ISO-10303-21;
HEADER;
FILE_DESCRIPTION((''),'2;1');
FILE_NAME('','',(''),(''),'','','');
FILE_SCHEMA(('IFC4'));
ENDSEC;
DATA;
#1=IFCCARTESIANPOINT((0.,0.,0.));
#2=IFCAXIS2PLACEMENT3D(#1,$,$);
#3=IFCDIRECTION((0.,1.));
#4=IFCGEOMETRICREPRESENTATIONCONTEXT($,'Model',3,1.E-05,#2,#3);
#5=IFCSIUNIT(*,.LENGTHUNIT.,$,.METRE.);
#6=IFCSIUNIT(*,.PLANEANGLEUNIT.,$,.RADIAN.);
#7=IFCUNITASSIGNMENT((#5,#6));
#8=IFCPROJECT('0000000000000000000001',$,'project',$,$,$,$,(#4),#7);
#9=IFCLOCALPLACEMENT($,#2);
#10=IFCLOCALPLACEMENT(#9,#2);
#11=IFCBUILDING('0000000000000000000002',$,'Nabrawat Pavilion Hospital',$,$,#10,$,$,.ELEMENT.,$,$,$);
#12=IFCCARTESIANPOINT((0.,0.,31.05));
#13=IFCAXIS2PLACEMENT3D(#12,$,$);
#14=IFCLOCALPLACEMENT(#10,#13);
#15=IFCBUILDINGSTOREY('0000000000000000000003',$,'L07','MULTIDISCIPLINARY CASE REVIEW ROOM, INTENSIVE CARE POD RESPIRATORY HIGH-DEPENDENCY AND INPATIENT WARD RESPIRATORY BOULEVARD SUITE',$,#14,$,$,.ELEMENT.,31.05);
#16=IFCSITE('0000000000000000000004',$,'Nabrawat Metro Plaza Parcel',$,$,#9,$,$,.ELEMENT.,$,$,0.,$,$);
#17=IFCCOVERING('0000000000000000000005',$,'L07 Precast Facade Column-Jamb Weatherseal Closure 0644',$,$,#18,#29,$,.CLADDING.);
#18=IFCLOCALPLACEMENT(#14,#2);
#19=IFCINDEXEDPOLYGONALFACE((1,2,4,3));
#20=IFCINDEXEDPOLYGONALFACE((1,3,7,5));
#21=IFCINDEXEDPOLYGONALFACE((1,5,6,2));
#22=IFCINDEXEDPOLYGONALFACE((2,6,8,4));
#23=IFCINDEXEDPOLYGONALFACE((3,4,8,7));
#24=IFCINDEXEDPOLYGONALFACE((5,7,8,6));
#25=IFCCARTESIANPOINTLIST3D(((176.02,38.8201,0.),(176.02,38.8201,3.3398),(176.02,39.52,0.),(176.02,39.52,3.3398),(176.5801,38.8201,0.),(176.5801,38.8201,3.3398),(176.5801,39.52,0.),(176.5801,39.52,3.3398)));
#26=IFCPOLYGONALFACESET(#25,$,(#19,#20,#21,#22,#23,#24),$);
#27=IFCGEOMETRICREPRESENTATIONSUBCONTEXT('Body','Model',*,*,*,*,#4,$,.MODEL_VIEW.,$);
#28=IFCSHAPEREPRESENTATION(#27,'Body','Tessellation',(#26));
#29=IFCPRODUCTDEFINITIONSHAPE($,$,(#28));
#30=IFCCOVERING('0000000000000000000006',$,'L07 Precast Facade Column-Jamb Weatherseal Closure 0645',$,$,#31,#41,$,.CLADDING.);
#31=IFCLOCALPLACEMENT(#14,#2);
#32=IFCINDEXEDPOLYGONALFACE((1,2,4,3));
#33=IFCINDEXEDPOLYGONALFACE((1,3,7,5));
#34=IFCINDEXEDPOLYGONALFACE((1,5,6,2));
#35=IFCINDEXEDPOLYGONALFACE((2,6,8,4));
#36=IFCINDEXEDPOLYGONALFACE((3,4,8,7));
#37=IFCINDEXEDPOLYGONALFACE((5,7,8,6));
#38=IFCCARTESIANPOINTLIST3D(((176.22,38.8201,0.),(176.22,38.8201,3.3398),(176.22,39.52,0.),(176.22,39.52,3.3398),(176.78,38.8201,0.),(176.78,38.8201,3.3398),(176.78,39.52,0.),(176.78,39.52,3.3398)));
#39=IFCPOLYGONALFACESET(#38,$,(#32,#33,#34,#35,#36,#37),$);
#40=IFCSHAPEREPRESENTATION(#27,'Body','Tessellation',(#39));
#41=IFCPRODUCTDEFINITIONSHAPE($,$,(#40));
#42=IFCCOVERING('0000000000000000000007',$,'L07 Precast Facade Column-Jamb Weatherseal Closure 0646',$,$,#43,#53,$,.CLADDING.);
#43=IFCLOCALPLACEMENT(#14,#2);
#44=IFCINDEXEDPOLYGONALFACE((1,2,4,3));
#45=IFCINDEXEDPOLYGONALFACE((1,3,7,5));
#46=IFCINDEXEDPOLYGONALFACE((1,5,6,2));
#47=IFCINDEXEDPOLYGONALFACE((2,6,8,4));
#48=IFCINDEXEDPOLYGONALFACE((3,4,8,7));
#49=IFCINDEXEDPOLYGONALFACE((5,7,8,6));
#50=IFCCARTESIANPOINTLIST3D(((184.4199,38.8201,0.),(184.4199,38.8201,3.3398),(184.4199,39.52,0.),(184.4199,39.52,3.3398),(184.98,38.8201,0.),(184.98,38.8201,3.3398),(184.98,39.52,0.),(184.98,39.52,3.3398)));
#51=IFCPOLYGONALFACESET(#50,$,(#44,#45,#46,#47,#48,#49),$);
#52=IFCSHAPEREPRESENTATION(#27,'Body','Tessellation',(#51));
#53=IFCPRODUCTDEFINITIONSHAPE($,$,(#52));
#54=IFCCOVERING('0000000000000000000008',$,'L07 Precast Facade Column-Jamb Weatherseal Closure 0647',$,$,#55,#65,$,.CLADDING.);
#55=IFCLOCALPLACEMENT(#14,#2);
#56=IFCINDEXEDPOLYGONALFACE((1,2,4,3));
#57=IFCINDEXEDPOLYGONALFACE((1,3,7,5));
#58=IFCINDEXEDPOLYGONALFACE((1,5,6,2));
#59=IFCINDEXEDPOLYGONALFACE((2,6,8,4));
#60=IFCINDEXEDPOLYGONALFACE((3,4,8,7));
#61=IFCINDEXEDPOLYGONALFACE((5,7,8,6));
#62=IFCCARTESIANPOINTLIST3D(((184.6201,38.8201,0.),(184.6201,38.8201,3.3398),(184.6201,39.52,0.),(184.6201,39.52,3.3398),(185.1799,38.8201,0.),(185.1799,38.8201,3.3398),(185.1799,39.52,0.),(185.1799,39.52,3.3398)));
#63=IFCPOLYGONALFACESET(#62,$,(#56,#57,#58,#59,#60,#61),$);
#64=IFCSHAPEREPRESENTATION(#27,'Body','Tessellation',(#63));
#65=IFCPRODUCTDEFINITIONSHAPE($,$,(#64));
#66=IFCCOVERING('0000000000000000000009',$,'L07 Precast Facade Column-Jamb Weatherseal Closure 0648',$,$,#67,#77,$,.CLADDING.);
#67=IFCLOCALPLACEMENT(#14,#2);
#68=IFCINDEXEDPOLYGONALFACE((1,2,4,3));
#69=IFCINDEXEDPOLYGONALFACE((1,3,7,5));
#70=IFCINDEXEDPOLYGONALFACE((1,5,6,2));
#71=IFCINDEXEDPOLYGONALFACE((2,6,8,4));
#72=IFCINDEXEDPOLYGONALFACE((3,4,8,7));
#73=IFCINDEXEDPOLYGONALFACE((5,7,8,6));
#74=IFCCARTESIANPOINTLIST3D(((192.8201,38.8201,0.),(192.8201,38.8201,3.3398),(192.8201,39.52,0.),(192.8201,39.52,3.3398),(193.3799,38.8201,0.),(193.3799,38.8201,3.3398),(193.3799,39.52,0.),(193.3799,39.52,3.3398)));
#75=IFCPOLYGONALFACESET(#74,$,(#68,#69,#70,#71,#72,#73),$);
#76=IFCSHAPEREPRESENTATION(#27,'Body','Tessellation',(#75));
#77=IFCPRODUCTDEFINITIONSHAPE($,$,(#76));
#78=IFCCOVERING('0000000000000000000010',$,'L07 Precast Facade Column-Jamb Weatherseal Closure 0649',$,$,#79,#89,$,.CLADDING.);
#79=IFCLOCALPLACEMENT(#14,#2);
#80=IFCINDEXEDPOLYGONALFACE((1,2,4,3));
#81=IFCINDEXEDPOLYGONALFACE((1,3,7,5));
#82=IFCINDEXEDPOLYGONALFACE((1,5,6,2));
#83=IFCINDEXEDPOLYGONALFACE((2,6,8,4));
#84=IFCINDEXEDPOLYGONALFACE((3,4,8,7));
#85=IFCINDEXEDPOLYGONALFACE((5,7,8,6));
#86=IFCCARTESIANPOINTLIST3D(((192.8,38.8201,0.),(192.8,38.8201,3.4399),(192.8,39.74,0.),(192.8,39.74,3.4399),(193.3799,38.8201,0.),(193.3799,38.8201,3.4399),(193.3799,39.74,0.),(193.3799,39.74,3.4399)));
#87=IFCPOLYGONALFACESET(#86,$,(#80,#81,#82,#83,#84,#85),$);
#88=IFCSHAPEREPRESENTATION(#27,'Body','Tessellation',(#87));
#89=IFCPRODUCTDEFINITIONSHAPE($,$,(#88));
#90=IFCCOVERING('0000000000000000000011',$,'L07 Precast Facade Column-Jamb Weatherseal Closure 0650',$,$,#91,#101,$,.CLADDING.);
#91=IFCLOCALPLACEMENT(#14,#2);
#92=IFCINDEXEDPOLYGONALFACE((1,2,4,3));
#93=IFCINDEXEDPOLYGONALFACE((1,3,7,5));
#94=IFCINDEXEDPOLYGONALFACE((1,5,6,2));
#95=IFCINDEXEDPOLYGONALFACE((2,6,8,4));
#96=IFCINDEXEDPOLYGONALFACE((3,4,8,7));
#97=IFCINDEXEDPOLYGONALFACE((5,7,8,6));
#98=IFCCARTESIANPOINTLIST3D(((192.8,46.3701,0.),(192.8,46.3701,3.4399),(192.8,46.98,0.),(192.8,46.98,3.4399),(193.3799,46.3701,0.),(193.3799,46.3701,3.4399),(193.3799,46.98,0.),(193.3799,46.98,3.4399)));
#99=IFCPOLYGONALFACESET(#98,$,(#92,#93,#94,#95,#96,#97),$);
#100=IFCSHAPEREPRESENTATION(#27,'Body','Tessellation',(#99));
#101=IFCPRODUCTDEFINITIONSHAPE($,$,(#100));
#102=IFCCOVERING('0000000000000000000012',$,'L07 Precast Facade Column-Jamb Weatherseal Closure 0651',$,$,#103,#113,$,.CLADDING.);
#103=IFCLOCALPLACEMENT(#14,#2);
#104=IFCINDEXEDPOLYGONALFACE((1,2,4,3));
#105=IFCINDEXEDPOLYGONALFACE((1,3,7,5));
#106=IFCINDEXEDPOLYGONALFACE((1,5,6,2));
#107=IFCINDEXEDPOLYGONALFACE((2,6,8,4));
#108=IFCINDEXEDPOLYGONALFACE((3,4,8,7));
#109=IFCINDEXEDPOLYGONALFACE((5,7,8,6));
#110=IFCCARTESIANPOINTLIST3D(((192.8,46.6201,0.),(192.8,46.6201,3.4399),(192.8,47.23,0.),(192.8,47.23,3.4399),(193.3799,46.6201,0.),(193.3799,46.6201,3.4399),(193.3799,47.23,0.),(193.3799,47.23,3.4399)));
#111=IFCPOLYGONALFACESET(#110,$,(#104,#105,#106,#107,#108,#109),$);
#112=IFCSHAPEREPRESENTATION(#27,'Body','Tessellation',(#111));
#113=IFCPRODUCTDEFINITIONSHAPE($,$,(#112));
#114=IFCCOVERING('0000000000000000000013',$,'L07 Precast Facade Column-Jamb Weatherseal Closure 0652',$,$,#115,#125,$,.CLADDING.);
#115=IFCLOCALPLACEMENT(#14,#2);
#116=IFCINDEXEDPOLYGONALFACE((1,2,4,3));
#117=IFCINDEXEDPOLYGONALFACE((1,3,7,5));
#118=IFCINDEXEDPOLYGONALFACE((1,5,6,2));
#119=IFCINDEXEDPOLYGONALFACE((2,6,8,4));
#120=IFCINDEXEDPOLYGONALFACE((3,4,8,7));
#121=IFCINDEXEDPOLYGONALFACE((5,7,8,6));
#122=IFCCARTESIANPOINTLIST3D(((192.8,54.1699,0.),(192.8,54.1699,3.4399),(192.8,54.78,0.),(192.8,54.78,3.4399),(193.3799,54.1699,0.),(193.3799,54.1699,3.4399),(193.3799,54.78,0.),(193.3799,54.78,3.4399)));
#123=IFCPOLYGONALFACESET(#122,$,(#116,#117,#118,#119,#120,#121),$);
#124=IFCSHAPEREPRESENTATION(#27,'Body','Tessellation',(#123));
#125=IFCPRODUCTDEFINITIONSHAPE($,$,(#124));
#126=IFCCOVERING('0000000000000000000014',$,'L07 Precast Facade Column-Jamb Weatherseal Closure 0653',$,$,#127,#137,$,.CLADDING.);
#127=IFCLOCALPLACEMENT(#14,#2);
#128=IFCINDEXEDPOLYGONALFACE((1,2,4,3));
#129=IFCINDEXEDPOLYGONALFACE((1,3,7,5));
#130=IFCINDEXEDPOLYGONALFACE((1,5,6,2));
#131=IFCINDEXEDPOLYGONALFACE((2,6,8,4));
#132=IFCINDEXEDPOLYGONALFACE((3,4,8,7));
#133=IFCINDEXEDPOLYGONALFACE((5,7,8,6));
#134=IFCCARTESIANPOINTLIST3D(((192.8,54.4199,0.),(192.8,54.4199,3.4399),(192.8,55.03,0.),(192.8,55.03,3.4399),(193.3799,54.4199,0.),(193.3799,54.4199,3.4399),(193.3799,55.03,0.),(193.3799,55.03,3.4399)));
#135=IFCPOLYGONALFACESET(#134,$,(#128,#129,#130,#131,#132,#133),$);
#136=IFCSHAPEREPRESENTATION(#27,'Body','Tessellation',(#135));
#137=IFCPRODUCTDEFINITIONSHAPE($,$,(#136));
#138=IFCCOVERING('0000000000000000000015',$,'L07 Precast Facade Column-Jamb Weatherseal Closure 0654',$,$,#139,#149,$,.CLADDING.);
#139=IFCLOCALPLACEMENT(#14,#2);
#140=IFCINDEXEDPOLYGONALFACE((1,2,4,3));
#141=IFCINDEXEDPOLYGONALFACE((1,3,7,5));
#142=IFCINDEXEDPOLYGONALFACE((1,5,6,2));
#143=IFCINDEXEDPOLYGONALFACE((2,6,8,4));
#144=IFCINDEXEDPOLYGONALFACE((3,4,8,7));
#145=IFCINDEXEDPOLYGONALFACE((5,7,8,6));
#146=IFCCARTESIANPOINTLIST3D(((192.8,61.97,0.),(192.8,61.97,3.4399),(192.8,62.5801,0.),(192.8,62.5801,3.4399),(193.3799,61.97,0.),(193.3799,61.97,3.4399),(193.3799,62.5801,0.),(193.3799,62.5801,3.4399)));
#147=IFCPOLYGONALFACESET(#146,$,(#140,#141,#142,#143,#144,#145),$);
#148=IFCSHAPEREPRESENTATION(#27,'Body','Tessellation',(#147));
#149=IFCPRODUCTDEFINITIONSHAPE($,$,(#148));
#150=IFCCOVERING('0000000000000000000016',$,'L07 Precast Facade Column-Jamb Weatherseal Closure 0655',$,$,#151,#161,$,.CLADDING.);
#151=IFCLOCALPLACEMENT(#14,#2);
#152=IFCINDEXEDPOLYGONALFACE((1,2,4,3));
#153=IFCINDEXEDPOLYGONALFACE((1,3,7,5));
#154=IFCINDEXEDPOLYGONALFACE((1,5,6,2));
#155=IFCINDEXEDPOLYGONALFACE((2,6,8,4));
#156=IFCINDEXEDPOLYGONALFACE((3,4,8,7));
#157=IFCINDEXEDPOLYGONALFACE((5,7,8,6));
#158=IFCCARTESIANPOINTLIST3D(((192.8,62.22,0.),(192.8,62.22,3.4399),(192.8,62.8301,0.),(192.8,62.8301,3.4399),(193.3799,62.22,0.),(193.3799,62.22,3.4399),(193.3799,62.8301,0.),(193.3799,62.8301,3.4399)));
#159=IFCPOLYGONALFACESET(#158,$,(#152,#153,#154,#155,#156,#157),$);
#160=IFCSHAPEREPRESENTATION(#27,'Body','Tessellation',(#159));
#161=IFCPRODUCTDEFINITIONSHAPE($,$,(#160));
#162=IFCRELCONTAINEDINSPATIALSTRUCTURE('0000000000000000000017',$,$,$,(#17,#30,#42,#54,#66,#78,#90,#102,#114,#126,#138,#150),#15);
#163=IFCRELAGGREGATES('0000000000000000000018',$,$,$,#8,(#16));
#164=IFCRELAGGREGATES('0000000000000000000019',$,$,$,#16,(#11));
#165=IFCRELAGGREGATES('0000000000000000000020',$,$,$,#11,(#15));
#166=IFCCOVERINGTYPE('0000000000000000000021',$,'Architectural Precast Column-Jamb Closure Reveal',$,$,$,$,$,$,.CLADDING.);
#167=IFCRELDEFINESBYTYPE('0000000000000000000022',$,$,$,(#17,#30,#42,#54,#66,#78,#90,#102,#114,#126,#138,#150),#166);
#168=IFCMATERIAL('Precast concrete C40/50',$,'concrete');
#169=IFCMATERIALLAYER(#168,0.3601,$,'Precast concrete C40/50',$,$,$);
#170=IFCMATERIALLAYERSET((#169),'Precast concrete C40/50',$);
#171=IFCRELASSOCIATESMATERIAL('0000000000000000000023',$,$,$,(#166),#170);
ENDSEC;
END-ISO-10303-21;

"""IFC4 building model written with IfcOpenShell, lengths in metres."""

from ifc_helpers import new_model, si_unit, direction, frame, origin, place, context, subcontext, project, spatial, polyline, outline, extrude, material, layer, layer_set, type_object, element, save


model = new_model("IFC4")

# Units and contexts
model_context = context("Model", 3, precision=1e-05, world=origin(), true_north=direction((0.0, 1.0)))
body_context = subcontext(model_context, "Body", "Model", "MODEL_VIEW")
ifc_project = project(units=[si_unit("LENGTHUNIT", "METRE"), si_unit("PLANEANGLEUNIT", "RADIAN")], contexts=[model_context])

# Site, building, storey
site_placement = place(None, origin())
site = spatial("IfcSite", under=ifc_project, at=site_placement, Name="Nabrawat Metro Plaza Parcel", CompositionType="ELEMENT", RefElevation=0.0)
building_placement = place(site_placement, origin())
building = spatial("IfcBuilding", under=site, at=building_placement, Name="Nabrawat Pavilion Hospital", CompositionType="ELEMENT")
storey_placement = place(building_placement, frame((0.0, 0.0, 31.05)))
storey = spatial("IfcBuildingStorey", under=building, at=storey_placement, Name="L07", Description="MULTIDISCIPLINARY CASE REVIEW ROOM, INTENSIVE CARE POD RESPIRATORY HIGH-DEPENDENCY AND INPATIENT WARD RESPIRATORY BOULEVARD SUITE", CompositionType="ELEMENT", Elevation=31.05)

# Coverings
ifc_material_1 = material(Name="Precast concrete C40/50", Category="concrete")
ifc_layer_1 = layer(ifc_material_1, 0.3601, Name="Precast concrete C40/50")
ifc_layer_set_1 = layer_set([ifc_layer_1], Name="Precast concrete C40/50")
covering_type = type_object("IfcCoveringType", Name="Architectural Precast Column-Jamb Closure Reveal", PredefinedType="CLADDING", material=ifc_layer_set_1)
covering_1_placement = place(storey_placement, origin())
element("IfcCovering", 1, at=covering_1_placement, inside=storey, type_object=covering_type, Name="L07 Precast Facade Column-Jamb Weatherseal Closure 0644", PredefinedType="CLADDING", context=body_context, shape_type="SweptSolid", body=[
    extrude(outline(polyline([(176.5801, 38.8201), (176.5801, 39.52), (176.02, 39.52), (176.02, 38.8201), (176.5801, 38.8201)])), origin(), (0.0, 0.0, 1.0), 3.3398),
])
covering_2_placement = place(storey_placement, origin())
element("IfcCovering", 2, at=covering_2_placement, inside=storey, type_object=covering_type, Name="L07 Precast Facade Column-Jamb Weatherseal Closure 0645", PredefinedType="CLADDING", context=body_context, shape_type="SweptSolid", body=[
    extrude(outline(polyline([(176.78, 38.8201), (176.78, 39.52), (176.22, 39.52), (176.22, 38.8201), (176.78, 38.8201)])), origin(), (0.0, 0.0, 1.0), 3.3398),
])
covering_3_placement = place(storey_placement, origin())
element("IfcCovering", 3, at=covering_3_placement, inside=storey, type_object=covering_type, Name="L07 Precast Facade Column-Jamb Weatherseal Closure 0646", PredefinedType="CLADDING", context=body_context, shape_type="SweptSolid", body=[
    extrude(outline(polyline([(184.98, 38.8201), (184.98, 39.52), (184.4199, 39.52), (184.4199, 38.8201), (184.98, 38.8201)])), origin(), (0.0, 0.0, 1.0), 3.3398),
])
covering_4_placement = place(storey_placement, origin())
element("IfcCovering", 4, at=covering_4_placement, inside=storey, type_object=covering_type, Name="L07 Precast Facade Column-Jamb Weatherseal Closure 0647", PredefinedType="CLADDING", context=body_context, shape_type="SweptSolid", body=[
    extrude(outline(polyline([(185.1799, 38.8201), (185.1799, 39.52), (184.6201, 39.52), (184.6201, 38.8201), (185.1799, 38.8201)])), origin(), (0.0, 0.0, 1.0), 3.3398),
])
covering_5_placement = place(storey_placement, origin())
element("IfcCovering", 5, at=covering_5_placement, inside=storey, type_object=covering_type, Name="L07 Precast Facade Column-Jamb Weatherseal Closure 0648", PredefinedType="CLADDING", context=body_context, shape_type="SweptSolid", body=[
    extrude(outline(polyline([(193.3799, 38.8201), (193.3799, 39.52), (192.8201, 39.52), (192.8201, 38.8201), (193.3799, 38.8201)])), origin(), (0.0, 0.0, 1.0), 3.3398),
])
covering_6_placement = place(storey_placement, origin())
element("IfcCovering", 6, at=covering_6_placement, inside=storey, type_object=covering_type, Name="L07 Precast Facade Column-Jamb Weatherseal Closure 0649", PredefinedType="CLADDING", context=body_context, shape_type="SweptSolid", body=[
    extrude(outline(polyline([(193.3799, 38.8201), (193.3799, 39.74), (192.8, 39.74), (192.8, 38.8201), (193.3799, 38.8201)])), origin(), (0.0, 0.0, 1.0), 3.4399),
])
covering_7_placement = place(storey_placement, origin())
element("IfcCovering", 7, at=covering_7_placement, inside=storey, type_object=covering_type, Name="L07 Precast Facade Column-Jamb Weatherseal Closure 0650", PredefinedType="CLADDING", context=body_context, shape_type="SweptSolid", body=[
    extrude(outline(polyline([(193.3799, 46.3701), (193.3799, 46.98), (192.8, 46.98), (192.8, 46.3701), (193.3799, 46.3701)])), origin(), (0.0, 0.0, 1.0), 3.4399),
])
covering_8_placement = place(storey_placement, origin())
element("IfcCovering", 8, at=covering_8_placement, inside=storey, type_object=covering_type, Name="L07 Precast Facade Column-Jamb Weatherseal Closure 0651", PredefinedType="CLADDING", context=body_context, shape_type="SweptSolid", body=[
    extrude(outline(polyline([(193.3799, 46.6201), (193.3799, 47.23), (192.8, 47.23), (192.8, 46.6201), (193.3799, 46.6201)])), origin(), (0.0, 0.0, 1.0), 3.4399),
])
covering_9_placement = place(storey_placement, origin())
element("IfcCovering", 9, at=covering_9_placement, inside=storey, type_object=covering_type, Name="L07 Precast Facade Column-Jamb Weatherseal Closure 0652", PredefinedType="CLADDING", context=body_context, shape_type="SweptSolid", body=[
    extrude(outline(polyline([(193.3799, 54.1699), (193.3799, 54.78), (192.8, 54.78), (192.8, 54.1699), (193.3799, 54.1699)])), origin(), (0.0, 0.0, 1.0), 3.4399),
])
covering_10_placement = place(storey_placement, origin())
element("IfcCovering", 10, at=covering_10_placement, inside=storey, type_object=covering_type, Name="L07 Precast Facade Column-Jamb Weatherseal Closure 0653", PredefinedType="CLADDING", context=body_context, shape_type="SweptSolid", body=[
    extrude(outline(polyline([(193.3799, 54.4199), (193.3799, 55.03), (192.8, 55.03), (192.8, 54.4199), (193.3799, 54.4199)])), origin(), (0.0, 0.0, 1.0), 3.4399),
])
covering_11_placement = place(storey_placement, origin())
element("IfcCovering", 11, at=covering_11_placement, inside=storey, type_object=covering_type, Name="L07 Precast Facade Column-Jamb Weatherseal Closure 0654", PredefinedType="CLADDING", context=body_context, shape_type="SweptSolid", body=[
    extrude(outline(polyline([(193.3799, 61.97), (193.3799, 62.5801), (192.8, 62.5801), (192.8, 61.97), (193.3799, 61.97)])), origin(), (0.0, 0.0, 1.0), 3.4399),
])
covering_12_placement = place(storey_placement, origin())
element("IfcCovering", 12, at=covering_12_placement, inside=storey, type_object=covering_type, Name="L07 Precast Facade Column-Jamb Weatherseal Closure 0655", PredefinedType="CLADDING", context=body_context, shape_type="SweptSolid", body=[
    extrude(outline(polyline([(193.3799, 62.22), (193.3799, 62.8301), (192.8, 62.8301), (192.8, 62.22), (193.3799, 62.22)])), origin(), (0.0, 0.0, 1.0), 3.4399),
])

save(model, "model.ifc")
